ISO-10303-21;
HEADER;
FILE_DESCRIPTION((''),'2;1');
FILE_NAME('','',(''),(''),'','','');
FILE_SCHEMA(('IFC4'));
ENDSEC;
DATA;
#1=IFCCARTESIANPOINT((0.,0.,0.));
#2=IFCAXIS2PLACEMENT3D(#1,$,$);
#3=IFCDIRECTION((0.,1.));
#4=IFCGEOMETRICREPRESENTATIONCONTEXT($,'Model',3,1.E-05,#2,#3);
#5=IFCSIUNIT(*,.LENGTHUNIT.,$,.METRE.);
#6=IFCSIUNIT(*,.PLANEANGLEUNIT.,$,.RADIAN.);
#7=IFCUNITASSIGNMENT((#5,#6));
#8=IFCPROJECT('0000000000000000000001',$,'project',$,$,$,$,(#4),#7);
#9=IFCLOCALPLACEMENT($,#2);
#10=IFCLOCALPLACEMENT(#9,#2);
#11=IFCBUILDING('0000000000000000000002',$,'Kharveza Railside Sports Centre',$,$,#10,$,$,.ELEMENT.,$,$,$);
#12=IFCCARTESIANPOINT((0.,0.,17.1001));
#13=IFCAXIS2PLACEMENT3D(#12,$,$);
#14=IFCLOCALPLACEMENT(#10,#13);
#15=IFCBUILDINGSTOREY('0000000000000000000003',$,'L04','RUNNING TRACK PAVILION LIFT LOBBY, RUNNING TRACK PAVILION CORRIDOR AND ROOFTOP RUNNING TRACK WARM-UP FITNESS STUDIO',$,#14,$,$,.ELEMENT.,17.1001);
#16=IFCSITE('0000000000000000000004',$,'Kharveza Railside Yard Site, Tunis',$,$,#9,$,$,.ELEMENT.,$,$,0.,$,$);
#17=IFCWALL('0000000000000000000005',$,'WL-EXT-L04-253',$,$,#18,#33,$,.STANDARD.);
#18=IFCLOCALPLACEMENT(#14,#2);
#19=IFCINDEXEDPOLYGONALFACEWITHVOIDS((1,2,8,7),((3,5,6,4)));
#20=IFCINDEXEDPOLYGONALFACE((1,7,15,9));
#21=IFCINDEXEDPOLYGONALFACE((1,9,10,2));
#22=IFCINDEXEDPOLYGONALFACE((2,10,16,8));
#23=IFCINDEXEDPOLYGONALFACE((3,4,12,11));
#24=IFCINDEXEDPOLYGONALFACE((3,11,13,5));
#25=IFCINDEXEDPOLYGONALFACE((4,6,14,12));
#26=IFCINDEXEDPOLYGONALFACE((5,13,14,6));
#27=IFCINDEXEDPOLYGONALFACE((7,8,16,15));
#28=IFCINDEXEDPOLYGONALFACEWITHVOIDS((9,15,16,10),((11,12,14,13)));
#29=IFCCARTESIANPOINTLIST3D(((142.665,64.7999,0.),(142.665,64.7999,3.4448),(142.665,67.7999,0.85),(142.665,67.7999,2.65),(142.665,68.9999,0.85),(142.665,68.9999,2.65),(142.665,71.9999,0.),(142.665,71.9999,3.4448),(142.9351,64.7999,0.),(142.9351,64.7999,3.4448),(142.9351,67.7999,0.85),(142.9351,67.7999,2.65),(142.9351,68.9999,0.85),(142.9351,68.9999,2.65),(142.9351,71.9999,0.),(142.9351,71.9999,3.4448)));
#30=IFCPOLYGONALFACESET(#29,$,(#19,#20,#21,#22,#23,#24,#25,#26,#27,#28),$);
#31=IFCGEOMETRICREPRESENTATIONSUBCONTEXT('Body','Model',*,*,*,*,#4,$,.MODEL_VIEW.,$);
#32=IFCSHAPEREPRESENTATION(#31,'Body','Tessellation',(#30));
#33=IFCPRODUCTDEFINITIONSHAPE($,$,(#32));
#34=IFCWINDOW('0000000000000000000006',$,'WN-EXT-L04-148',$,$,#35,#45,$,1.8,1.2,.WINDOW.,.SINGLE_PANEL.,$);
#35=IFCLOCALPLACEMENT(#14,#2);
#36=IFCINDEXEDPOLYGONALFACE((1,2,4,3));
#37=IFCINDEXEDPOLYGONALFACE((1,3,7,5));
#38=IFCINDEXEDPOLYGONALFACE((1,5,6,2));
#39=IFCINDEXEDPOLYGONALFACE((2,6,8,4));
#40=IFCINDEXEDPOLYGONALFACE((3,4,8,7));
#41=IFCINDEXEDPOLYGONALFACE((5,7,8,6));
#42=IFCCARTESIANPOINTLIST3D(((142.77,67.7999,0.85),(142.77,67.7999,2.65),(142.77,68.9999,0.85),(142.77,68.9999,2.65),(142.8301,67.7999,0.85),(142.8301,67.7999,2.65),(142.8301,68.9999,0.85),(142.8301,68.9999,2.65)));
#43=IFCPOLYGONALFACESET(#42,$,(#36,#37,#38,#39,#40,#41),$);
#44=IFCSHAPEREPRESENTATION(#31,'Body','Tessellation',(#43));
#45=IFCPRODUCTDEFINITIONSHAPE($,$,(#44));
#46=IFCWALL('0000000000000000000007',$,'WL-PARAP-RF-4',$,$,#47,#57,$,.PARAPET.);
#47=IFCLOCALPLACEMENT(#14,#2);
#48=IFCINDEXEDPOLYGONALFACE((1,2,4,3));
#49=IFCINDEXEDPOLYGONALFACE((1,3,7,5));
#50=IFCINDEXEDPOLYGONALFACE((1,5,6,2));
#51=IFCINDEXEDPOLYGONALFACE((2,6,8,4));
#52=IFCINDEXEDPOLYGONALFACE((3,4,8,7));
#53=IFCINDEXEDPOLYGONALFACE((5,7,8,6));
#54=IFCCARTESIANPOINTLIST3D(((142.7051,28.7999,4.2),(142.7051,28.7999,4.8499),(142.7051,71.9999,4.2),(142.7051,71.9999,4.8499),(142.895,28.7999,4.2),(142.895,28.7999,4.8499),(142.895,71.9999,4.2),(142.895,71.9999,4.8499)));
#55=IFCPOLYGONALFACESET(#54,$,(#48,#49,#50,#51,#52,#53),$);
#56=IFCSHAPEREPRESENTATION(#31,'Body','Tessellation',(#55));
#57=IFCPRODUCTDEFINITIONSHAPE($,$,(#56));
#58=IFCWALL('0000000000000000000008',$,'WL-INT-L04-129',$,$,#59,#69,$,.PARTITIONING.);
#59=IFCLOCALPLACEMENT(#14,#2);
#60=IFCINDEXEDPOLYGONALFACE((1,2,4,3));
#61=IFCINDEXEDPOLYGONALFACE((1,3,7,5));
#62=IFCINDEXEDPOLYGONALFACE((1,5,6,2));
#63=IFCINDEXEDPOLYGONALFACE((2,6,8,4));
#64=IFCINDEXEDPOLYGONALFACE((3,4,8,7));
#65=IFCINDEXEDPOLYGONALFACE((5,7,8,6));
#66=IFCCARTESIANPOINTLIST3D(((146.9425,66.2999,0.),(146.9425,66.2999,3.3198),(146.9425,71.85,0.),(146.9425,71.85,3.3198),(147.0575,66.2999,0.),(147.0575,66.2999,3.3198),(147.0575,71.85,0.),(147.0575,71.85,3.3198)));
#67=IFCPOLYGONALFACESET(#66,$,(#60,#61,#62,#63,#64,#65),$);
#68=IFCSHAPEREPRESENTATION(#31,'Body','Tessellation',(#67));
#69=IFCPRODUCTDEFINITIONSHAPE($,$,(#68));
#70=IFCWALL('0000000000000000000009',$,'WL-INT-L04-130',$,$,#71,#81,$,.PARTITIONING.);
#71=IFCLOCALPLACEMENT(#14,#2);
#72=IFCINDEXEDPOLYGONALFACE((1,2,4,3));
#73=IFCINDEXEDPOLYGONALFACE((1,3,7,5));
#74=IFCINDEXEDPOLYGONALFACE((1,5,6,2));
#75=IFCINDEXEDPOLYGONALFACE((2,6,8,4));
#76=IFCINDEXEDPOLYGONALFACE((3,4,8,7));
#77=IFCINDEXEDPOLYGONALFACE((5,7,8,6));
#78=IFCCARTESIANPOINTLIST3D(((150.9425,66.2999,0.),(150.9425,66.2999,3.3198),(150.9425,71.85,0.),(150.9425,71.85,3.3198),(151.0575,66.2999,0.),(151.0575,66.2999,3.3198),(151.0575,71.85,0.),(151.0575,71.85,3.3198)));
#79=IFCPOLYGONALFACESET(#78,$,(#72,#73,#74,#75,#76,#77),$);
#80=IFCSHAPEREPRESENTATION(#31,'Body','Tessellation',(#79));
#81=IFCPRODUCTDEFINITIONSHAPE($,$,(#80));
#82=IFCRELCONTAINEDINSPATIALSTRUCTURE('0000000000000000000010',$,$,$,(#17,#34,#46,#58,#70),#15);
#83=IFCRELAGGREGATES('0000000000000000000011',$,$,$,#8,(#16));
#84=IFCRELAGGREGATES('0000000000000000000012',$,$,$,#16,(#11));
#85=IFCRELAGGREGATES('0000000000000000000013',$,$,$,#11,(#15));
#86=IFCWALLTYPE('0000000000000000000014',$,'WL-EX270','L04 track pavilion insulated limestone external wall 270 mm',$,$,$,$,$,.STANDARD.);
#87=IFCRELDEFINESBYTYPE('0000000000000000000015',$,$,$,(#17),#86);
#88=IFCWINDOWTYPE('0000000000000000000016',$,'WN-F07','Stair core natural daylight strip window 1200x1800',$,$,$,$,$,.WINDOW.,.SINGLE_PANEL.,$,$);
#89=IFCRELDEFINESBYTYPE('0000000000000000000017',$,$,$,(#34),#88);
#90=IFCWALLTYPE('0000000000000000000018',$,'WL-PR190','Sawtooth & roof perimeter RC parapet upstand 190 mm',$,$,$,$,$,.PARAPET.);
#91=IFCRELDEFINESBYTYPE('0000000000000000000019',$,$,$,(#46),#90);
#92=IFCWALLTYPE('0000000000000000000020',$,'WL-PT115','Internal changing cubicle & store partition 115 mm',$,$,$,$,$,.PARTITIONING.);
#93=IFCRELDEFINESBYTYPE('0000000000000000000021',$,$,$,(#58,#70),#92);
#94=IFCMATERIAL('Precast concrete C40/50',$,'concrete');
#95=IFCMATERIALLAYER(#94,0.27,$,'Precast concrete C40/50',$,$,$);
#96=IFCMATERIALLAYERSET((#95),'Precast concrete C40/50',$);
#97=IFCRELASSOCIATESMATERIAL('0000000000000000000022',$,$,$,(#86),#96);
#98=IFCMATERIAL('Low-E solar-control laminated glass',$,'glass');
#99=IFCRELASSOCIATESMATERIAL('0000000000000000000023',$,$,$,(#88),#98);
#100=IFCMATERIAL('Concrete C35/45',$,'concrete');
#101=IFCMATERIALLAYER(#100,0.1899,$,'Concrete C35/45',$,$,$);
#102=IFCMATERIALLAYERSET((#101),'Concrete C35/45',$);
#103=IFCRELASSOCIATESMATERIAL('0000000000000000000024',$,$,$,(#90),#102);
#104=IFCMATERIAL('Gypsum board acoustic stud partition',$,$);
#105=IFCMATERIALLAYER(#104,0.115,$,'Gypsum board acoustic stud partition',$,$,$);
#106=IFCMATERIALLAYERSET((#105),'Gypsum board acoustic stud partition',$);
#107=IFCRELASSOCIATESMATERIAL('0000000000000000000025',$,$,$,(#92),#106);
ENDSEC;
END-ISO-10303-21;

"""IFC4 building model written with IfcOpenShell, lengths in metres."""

from ifc_helpers import new_model, si_unit, direction, frame, frame_2d, origin, place, context, subcontext, project, spatial, rectangle, extrude, material, layer, layer_set, type_object, element, fill, save


model = new_model("IFC4")

# Units and contexts
model_context = context("Model", 3, precision=1e-05, world=origin(), true_north=direction((0.0, 1.0)))
body_context = subcontext(model_context, "Body", "Model", "MODEL_VIEW")
ifc_project = project(units=[si_unit("LENGTHUNIT", "METRE"), si_unit("PLANEANGLEUNIT", "RADIAN")], contexts=[model_context])

# Site, building, storey
site_placement = place(None, origin())
site = spatial("IfcSite", under=ifc_project, at=site_placement, Name="Kharveza Railside Yard Site, Tunis", CompositionType="ELEMENT", RefElevation=0.0)
building_placement = place(site_placement, origin())
building = spatial("IfcBuilding", under=site, at=building_placement, Name="Kharveza Railside Sports Centre", CompositionType="ELEMENT")
storey_placement = place(building_placement, frame((0.0, 0.0, 17.1001)))
storey = spatial("IfcBuildingStorey", under=building, at=storey_placement, Name="L04", Description="RUNNING TRACK PAVILION LIFT LOBBY, RUNNING TRACK PAVILION CORRIDOR AND ROOFTOP RUNNING TRACK WARM-UP FITNESS STUDIO", CompositionType="ELEMENT", Elevation=17.1001)

# Wall, opening, window
ifc_material_1 = material(Name="Precast concrete C40/50", Category="concrete")
ifc_layer_1 = layer(ifc_material_1, 0.27, Name="Precast concrete C40/50")
ifc_layer_set_1 = layer_set([ifc_layer_1], Name="Precast concrete C40/50")
wall_type_1 = type_object("IfcWallType", Name="WL-EX270", Description="L04 track pavilion insulated limestone external wall 270 mm", PredefinedType="STANDARD", material=ifc_layer_set_1)
ifc_material_2 = material(Name="Low-E solar-control laminated glass", Category="glass")
wall_1_placement = place(storey_placement, frame((142.8, 72.0, 0.0), z_axis=(0.0, 0.0, 1.0), x_axis=(0.0, -1.0, 0.0)))
wall_1 = element("IfcWall", 1, at=wall_1_placement, inside=storey, type_object=wall_type_1, Name="WL-EXT-L04-253", PredefinedType="STANDARD", context=body_context, shape_type="SweptSolid", body=[
    extrude(rectangle(XDim=7.2, YDim=0.27, at=frame_2d((3.6001, 0.0))), origin(), (0.0, 0.0, 1.0), 3.4448),
])
opening_1_placement = place(wall_1_placement, frame((3.0, 0.0, 0.8501)))
opening_1 = element("IfcOpeningElement", 2, at=opening_1_placement, cuts=wall_1, PredefinedType="OPENING", context=body_context, shape_type="SweptSolid", body=[
    extrude(rectangle(XDim=1.2, YDim=1.8, at=frame_2d((0.6001, 0.8999))), frame((0.0, 0.1599, 0.0), z_axis=(0.0, -1.0, 0.0), x_axis=(1.0, 0.0, 0.0)), (0.0, 0.0, 1.0), 0.3198),
])
window_type_1 = type_object("IfcWindowType", Name="WN-F07", Description="Stair core natural daylight strip window 1200x1800", PartitioningType="SINGLE_PANEL", PredefinedType="WINDOW", material=ifc_material_2)
window_1_placement = place(opening_1_placement, origin())
window_1 = element("IfcWindow", 3, at=window_1_placement, inside=storey, type_object=window_type_1, Name="WN-EXT-L04-148", OverallHeight=1.8, OverallWidth=1.2, PartitioningType="SINGLE_PANEL", PredefinedType="WINDOW", context=body_context, shape_type="SweptSolid", body=[
    extrude(rectangle(XDim=1.2, YDim=1.8, at=frame_2d((0.6001, 0.8999))), frame((0.0, 0.03, 0.0), z_axis=(0.0, -1.0, 0.0), x_axis=(1.0, 0.0, 0.0)), (0.0, 0.0, 1.0), 0.0601),
])
fill(opening_1, window_1)

# Walls
ifc_material_3 = material(Name="Concrete C35/45", Category="concrete")
ifc_layer_2 = layer(ifc_material_3, 0.1899, Name="Concrete C35/45")
ifc_layer_set_2 = layer_set([ifc_layer_2], Name="Concrete C35/45")
wall_type_2 = type_object("IfcWallType", Name="WL-PR190", Description="Sawtooth & roof perimeter RC parapet upstand 190 mm", PredefinedType="PARAPET", material=ifc_layer_set_2)
wall_2_placement = place(storey_placement, frame((142.8, 72.0, 4.2), z_axis=(0.0, 0.0, 1.0), x_axis=(0.0, -1.0, 0.0)))
element("IfcWall", 4, at=wall_2_placement, inside=storey, type_object=wall_type_2, Name="WL-PARAP-RF-4", PredefinedType="PARAPET", context=body_context, shape_type="SweptSolid", body=[
    extrude(rectangle(XDim=43.2, YDim=0.1899, at=frame_2d((21.6001, 0.0))), origin(), (0.0, 0.0, 1.0), 0.6499),
])
ifc_material_4 = material(Name="Gypsum board acoustic stud partition")
ifc_layer_3 = layer(ifc_material_4, 0.115, Name="Gypsum board acoustic stud partition")
ifc_layer_set_3 = layer_set([ifc_layer_3], Name="Gypsum board acoustic stud partition")
wall_type_3 = type_object("IfcWallType", Name="WL-PT115", Description="Internal changing cubicle & store partition 115 mm", PredefinedType="PARTITIONING", material=ifc_layer_set_3)
for number, where, z_axis, x_axis, name in (
    (5, (147.0, 66.3, 0.0), (0.0, 0.0, 1.0), (0.0, 1.0, 0.0), "WL-INT-L04-129"),
    (6, (151.0, 66.3, 0.0), (0.0, 0.0, 1.0), (0.0, 1.0, 0.0), "WL-INT-L04-130"),
):
    element("IfcWall", number, at=place(storey_placement, frame(where, z_axis=z_axis, x_axis=x_axis)), inside=storey, type_object=wall_type_3, Name=name, PredefinedType="PARTITIONING", context=body_context, shape_type="SweptSolid", body=[
        extrude(rectangle(XDim=5.55, YDim=0.115, at=frame_2d((2.7749, 0.0))), origin(), (0.0, 0.0, 1.0), 3.3198),
    ])

save(model, "model.ifc")
